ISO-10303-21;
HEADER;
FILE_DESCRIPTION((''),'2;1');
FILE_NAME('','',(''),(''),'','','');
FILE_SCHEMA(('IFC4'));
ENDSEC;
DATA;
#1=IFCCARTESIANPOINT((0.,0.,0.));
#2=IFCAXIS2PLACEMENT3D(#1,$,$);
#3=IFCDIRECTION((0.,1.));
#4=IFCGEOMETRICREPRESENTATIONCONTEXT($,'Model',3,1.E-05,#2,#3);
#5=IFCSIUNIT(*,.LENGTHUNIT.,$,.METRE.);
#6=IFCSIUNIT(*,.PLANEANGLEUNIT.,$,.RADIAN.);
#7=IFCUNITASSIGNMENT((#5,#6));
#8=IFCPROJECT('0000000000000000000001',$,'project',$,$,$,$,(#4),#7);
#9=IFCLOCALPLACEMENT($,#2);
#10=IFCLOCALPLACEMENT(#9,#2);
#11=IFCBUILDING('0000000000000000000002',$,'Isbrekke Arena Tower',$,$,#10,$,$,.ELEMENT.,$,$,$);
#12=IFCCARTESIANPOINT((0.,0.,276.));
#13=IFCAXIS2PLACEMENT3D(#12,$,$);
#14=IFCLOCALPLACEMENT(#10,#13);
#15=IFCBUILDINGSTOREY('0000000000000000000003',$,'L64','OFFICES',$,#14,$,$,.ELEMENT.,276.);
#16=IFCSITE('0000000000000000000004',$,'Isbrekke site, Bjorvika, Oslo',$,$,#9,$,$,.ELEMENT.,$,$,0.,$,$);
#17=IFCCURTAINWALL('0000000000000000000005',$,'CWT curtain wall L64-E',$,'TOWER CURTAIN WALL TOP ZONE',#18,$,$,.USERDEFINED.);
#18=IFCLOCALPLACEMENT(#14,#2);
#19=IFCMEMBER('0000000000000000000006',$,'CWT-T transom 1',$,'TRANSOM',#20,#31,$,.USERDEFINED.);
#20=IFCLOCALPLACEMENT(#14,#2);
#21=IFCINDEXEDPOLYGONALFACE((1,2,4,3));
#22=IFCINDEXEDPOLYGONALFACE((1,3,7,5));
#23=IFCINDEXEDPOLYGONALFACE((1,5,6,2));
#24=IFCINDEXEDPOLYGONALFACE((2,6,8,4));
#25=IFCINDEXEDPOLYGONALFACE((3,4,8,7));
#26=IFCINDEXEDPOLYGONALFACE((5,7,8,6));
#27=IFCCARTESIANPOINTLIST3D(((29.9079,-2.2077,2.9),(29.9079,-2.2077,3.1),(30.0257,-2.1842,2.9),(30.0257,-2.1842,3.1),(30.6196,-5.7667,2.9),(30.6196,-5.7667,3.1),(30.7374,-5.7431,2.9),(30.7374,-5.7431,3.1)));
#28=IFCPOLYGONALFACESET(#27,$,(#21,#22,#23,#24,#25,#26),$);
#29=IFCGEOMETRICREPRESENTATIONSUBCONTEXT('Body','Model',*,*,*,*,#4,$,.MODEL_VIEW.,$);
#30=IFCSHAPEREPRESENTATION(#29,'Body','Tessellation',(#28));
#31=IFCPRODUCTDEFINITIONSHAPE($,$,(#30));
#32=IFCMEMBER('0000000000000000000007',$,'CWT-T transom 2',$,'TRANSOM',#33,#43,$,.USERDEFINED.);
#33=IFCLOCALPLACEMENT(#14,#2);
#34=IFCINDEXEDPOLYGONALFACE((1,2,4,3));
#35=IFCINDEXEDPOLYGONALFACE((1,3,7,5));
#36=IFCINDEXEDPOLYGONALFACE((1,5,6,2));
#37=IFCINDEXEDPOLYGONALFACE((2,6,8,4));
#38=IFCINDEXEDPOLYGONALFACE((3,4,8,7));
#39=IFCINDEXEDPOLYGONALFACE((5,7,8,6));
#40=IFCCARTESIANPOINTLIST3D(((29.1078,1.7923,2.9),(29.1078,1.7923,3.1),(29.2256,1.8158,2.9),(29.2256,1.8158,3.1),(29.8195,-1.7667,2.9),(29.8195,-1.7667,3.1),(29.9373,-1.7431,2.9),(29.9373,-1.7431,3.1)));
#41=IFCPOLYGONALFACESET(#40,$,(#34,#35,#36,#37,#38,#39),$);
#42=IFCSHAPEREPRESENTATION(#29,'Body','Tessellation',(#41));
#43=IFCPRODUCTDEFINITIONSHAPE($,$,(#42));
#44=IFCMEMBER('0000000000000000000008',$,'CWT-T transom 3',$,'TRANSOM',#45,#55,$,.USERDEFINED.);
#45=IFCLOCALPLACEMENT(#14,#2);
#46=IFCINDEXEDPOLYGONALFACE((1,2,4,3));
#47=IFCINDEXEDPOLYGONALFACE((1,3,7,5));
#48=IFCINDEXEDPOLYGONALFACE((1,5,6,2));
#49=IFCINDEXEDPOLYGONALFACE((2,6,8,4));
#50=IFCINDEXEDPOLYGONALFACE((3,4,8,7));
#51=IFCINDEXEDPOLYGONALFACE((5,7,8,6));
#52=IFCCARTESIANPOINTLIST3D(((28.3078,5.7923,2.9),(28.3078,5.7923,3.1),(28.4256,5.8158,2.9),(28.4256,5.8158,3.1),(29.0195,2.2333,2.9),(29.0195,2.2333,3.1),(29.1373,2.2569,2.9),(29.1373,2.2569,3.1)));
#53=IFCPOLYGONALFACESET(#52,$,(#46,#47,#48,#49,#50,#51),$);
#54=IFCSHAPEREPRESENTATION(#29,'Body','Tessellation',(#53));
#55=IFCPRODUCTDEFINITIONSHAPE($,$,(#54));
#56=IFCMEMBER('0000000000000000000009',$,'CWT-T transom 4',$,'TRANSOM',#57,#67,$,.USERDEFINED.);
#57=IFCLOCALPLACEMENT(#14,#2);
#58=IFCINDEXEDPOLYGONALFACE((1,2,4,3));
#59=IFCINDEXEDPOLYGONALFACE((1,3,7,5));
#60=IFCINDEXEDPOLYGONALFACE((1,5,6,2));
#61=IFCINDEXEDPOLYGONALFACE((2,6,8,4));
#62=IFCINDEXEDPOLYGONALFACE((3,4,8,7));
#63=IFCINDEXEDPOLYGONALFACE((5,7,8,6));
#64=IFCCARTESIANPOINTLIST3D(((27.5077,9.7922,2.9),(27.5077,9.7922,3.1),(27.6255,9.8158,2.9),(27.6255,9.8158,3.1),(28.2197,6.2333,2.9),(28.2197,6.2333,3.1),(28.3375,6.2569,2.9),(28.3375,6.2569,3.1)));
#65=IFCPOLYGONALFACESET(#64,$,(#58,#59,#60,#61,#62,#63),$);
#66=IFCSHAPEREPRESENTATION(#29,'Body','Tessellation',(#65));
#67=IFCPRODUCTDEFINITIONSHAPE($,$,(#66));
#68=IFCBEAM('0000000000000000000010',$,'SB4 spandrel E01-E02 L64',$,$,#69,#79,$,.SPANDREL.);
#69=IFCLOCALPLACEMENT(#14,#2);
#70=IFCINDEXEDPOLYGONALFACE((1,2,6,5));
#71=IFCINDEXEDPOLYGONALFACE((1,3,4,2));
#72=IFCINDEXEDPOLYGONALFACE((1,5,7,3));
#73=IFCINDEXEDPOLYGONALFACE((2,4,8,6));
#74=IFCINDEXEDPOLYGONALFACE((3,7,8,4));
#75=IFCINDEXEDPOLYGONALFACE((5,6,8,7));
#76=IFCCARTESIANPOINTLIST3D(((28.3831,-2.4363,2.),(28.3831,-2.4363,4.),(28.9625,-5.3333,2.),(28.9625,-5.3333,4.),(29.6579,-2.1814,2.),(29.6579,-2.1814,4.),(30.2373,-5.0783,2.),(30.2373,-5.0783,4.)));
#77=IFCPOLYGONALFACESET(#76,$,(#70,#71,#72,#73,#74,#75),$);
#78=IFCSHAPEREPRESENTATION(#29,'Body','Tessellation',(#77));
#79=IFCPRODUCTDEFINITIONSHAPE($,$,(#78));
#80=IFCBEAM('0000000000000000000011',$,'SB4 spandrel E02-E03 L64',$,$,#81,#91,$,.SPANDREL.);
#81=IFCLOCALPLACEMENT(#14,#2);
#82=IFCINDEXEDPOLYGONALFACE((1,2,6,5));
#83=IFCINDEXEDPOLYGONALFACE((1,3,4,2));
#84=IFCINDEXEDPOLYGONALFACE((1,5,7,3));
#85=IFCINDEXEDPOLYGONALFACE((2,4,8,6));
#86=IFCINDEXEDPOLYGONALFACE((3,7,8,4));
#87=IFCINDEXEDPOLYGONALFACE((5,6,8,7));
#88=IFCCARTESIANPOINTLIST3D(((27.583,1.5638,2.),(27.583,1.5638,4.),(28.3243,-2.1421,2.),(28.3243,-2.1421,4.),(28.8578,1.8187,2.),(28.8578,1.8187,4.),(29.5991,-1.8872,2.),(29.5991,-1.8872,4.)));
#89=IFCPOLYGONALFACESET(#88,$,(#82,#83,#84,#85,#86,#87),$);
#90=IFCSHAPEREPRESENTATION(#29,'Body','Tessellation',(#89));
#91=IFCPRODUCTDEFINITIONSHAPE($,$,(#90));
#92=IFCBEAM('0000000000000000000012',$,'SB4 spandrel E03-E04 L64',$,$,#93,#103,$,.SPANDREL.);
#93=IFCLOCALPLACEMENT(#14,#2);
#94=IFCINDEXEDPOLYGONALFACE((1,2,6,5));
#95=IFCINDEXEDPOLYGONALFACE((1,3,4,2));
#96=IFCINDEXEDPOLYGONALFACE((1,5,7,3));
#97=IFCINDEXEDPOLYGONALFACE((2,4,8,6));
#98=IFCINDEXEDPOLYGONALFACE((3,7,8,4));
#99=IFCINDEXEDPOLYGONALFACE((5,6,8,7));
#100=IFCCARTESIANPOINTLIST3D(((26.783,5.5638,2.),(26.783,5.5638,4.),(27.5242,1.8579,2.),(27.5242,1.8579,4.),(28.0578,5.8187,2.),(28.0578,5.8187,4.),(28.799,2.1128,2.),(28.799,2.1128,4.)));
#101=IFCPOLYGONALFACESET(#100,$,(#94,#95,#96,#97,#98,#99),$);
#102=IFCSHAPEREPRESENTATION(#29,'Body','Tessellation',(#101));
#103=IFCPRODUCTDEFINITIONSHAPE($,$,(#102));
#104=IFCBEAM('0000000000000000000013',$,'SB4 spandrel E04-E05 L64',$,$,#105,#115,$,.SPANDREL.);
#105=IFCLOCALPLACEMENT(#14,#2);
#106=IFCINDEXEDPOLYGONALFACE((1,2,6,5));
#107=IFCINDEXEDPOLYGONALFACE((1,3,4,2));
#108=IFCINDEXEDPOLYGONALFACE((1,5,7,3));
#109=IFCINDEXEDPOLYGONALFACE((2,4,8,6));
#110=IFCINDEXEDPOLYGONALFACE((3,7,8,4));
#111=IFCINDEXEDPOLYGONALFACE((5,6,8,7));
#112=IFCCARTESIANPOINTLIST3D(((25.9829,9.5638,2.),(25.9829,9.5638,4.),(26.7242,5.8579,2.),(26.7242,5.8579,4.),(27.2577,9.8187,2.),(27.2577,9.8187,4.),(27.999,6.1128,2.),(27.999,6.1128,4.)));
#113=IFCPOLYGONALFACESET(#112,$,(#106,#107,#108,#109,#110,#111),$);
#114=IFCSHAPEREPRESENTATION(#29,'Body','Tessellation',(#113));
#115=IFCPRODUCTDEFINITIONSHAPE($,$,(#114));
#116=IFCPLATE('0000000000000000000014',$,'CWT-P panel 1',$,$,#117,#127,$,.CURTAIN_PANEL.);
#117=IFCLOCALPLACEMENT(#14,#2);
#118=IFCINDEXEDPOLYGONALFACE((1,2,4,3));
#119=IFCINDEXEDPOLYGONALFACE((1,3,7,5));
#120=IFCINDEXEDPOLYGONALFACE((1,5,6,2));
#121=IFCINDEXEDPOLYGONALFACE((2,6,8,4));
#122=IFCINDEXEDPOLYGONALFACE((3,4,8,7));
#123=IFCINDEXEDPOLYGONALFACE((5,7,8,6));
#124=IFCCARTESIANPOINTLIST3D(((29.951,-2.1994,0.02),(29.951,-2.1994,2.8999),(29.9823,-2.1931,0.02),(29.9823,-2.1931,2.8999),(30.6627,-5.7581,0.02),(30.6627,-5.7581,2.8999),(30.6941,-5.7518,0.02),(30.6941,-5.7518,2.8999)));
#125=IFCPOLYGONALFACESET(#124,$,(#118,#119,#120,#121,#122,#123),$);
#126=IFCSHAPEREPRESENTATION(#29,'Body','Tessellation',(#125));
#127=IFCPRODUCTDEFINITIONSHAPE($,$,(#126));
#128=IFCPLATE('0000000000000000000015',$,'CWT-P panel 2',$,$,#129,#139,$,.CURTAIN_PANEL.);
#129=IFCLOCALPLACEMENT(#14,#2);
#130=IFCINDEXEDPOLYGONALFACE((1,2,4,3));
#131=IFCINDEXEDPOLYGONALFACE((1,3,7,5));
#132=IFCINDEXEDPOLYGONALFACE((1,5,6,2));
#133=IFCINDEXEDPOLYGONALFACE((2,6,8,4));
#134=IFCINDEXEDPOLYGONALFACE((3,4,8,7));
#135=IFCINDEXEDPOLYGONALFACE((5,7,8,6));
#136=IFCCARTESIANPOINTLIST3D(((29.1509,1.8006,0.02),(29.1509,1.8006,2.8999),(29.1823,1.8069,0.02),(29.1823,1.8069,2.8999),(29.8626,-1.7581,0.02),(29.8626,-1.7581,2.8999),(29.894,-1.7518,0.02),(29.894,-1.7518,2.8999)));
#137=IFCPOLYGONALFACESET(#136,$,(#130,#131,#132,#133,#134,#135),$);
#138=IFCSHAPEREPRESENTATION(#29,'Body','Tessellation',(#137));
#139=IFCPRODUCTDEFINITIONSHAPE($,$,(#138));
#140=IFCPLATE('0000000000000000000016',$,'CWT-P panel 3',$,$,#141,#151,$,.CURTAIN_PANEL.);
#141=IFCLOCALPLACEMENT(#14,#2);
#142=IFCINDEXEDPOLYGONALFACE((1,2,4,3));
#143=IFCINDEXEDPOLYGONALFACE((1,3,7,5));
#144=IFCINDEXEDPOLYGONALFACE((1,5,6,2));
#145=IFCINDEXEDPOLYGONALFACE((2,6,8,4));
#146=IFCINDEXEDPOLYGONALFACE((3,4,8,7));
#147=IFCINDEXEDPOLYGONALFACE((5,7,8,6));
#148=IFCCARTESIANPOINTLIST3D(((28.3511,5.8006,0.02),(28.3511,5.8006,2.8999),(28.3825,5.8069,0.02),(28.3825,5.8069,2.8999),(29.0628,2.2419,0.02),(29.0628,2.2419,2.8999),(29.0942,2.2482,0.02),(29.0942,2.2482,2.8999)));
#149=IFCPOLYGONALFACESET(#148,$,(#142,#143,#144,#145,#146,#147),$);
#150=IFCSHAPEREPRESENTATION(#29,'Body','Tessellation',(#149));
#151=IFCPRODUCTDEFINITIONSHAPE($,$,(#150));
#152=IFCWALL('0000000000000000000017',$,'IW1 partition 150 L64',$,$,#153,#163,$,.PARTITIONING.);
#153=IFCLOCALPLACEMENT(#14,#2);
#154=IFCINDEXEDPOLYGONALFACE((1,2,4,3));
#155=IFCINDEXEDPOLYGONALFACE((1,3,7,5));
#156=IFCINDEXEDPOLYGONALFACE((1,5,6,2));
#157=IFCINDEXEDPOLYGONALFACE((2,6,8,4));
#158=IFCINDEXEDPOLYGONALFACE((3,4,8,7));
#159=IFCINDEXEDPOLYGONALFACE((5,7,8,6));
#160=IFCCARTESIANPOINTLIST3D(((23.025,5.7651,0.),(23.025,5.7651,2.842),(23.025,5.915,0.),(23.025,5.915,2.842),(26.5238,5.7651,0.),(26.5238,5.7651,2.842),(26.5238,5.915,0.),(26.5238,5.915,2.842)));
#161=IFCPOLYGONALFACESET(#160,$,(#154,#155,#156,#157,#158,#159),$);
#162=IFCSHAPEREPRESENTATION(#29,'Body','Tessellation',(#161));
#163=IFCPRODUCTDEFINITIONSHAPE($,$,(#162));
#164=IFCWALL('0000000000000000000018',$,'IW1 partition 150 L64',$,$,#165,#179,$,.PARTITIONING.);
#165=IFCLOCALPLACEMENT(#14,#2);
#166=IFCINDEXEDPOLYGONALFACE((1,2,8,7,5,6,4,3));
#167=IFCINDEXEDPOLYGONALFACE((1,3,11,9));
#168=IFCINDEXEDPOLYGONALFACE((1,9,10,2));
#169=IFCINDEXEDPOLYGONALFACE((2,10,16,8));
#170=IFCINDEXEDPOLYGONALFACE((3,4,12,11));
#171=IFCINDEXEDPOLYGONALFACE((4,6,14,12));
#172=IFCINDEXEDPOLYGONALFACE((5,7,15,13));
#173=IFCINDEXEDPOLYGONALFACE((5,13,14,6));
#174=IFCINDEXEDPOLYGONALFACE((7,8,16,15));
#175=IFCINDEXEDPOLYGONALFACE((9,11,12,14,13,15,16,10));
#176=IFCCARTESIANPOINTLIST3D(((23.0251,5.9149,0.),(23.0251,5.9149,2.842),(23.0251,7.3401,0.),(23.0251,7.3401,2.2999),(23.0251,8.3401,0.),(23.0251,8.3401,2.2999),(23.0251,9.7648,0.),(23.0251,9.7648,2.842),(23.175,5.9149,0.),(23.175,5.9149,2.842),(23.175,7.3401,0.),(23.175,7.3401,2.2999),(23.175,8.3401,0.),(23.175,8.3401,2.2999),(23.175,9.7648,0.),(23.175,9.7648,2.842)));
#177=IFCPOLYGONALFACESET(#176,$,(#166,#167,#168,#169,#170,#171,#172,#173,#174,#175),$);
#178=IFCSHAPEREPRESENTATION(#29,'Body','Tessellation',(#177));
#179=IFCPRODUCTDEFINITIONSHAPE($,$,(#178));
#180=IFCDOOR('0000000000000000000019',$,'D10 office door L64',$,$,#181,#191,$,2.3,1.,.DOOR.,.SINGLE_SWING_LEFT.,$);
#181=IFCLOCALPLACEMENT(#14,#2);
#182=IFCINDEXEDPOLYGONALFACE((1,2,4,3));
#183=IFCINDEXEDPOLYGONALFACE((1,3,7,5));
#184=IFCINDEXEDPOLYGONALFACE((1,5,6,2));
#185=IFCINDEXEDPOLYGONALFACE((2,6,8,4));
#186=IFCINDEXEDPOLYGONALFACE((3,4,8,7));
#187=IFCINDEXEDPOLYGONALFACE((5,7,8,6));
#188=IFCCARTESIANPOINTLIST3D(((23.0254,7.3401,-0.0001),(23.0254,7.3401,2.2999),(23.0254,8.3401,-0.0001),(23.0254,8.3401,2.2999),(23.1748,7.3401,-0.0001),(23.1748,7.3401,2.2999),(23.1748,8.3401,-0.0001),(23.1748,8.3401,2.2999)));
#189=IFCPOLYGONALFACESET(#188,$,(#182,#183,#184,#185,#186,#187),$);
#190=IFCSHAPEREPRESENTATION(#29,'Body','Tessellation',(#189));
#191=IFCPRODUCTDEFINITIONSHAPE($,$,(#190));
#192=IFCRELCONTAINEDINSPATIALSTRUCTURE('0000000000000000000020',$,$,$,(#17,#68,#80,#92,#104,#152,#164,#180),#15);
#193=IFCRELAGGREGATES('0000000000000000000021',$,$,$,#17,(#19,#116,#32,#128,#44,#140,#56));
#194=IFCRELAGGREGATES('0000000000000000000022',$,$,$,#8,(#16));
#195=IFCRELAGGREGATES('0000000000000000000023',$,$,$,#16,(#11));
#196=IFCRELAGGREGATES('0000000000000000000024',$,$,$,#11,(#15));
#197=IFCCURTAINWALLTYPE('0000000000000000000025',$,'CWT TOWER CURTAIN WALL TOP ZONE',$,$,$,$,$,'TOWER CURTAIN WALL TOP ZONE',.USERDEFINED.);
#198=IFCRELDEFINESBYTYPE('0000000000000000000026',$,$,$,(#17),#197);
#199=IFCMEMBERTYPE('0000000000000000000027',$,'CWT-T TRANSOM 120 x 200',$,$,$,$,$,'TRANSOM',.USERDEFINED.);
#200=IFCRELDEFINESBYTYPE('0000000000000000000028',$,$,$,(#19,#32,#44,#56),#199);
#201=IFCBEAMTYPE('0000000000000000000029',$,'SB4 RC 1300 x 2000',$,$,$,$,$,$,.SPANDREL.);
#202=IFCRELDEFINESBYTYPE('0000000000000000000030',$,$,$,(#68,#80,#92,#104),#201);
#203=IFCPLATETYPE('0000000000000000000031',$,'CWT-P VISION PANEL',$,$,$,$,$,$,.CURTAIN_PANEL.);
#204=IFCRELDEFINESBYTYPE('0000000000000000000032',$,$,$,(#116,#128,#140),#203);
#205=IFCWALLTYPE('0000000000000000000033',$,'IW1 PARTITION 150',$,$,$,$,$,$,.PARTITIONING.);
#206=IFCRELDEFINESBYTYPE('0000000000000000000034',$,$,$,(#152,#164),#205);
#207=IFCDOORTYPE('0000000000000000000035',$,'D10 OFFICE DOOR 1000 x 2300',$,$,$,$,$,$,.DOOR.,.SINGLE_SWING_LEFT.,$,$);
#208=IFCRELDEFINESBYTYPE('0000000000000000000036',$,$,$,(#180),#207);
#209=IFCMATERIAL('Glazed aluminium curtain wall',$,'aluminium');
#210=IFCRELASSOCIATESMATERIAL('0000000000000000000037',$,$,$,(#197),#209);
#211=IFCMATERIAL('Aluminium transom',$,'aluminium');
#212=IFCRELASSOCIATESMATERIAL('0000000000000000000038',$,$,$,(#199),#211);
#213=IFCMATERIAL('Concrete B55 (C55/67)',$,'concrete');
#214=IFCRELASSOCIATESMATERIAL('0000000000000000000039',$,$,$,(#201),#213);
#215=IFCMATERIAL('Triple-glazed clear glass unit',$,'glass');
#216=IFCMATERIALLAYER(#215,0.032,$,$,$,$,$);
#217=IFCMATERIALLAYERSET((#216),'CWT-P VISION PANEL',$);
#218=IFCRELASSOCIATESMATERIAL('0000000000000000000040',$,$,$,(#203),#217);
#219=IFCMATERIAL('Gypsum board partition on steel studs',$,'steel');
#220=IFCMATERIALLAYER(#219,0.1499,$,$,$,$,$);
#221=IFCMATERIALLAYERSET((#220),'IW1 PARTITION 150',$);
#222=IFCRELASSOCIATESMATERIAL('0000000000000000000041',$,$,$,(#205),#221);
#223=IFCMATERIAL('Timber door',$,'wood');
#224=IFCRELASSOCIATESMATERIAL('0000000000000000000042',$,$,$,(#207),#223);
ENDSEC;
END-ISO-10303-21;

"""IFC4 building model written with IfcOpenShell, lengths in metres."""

from ifc_helpers import new_model, si_unit, direction, frame, frame_2d, origin, origin_2d, place, context, subcontext, project, spatial, rectangle, extrude, material, layer, layer_set, material_profile, profile_set, type_object, element, fill, aggregate, save


model = new_model("IFC4")

# Units and contexts
model_context = context("Model", 3, precision=1e-05, world=origin(), true_north=direction((0.0, 1.0)))
body_context = subcontext(model_context, "Body", "Model", "MODEL_VIEW")
ifc_project = project(units=[si_unit("LENGTHUNIT", "METRE"), si_unit("PLANEANGLEUNIT", "RADIAN")], contexts=[model_context])

# Site, building, storey
site_placement = place(None, origin())
site = spatial("IfcSite", under=ifc_project, at=site_placement, Name="Isbrekke site, Bjorvika, Oslo", CompositionType="ELEMENT", RefElevation=0.0)
building_placement = place(site_placement, origin())
building = spatial("IfcBuilding", under=site, at=building_placement, Name="Isbrekke Arena Tower", CompositionType="ELEMENT")
storey_placement = place(building_placement, frame((0.0, 0.0, 276.0)))
storey = spatial("IfcBuildingStorey", under=building, at=storey_placement, Name="L64", Description="OFFICES", CompositionType="ELEMENT", Elevation=276.0)

# Curtain wall, members
ifc_material_1 = material(Name="Glazed aluminium curtain wall", Category="aluminium")
curtain_wall_type = type_object("IfcCurtainWallType", Name="CWT TOWER CURTAIN WALL TOP ZONE", ElementType="TOWER CURTAIN WALL TOP ZONE", PredefinedType="USERDEFINED", material=ifc_material_1)
curtain_wall_placement = place(storey_placement, origin())
curtain_wall = element("IfcCurtainWall", 1, at=curtain_wall_placement, inside=storey, type_object=curtain_wall_type, Name="CWT curtain wall L64-E", ObjectType="TOWER CURTAIN WALL TOP ZONE", PredefinedType="USERDEFINED")
ifc_material_2 = material(Name="Aluminium transom", Category="aluminium")
ifc_material_profile_1 = material_profile(ifc_material_2, rectangle(XDim=0.1201, YDim=0.2, at=origin_2d()), Name="TRANSOM 120X200")
ifc_profile_set_1 = profile_set([ifc_material_profile_1], Name="Aluminium transom")
member_type_1 = type_object("IfcMemberType", Name="CWT-T TRANSOM 120 x 200", ElementType="TRANSOM", PredefinedType="USERDEFINED", material=ifc_profile_set_1)
member_1_placement = place(storey_placement, frame((30.6785, -5.7549, 3.0), z_axis=(-0.19609, 0.980586, 0.0), x_axis=(-0.980586, -0.19609, 0.0)))
member_1 = element("IfcMember", 2, at=member_1_placement, type_object=member_type_1, Name="CWT-T transom 1", ObjectType="TRANSOM", PredefinedType="USERDEFINED", context=body_context, shape_type="SweptSolid", body=[
    extrude(rectangle(XDim=0.1201, YDim=0.2, at=origin_2d()), origin(), (0.0, 0.0, 1.0), 3.6294),
])
member_2_placement = place(storey_placement, frame((29.8784, -1.7549, 3.0), z_axis=(-0.19609, 0.980586, 0.0), x_axis=(-0.980586, -0.19609, 0.0)))
member_2 = element("IfcMember", 3, at=member_2_placement, type_object=member_type_1, Name="CWT-T transom 2", ObjectType="TRANSOM", PredefinedType="USERDEFINED", context=body_context, shape_type="SweptSolid", body=[
    extrude(rectangle(XDim=0.1201, YDim=0.2, at=origin_2d()), origin(), (0.0, 0.0, 1.0), 3.6294),
])
member_3_placement = place(storey_placement, frame((29.0784, 2.2451, 3.0), z_axis=(-0.19609, 0.980586, 0.0), x_axis=(-0.980586, -0.19609, 0.0)))
member_3 = element("IfcMember", 4, at=member_3_placement, type_object=member_type_1, Name="CWT-T transom 3", ObjectType="TRANSOM", PredefinedType="USERDEFINED", context=body_context, shape_type="SweptSolid", body=[
    extrude(rectangle(XDim=0.1201, YDim=0.2, at=origin_2d()), origin(), (0.0, 0.0, 1.0), 3.6294),
])
member_4_placement = place(storey_placement, frame((28.2786, 6.2451, 3.0), z_axis=(-0.196155, 0.980573, 0.0), x_axis=(-0.980573, -0.196155, 0.0)))
member_4 = element("IfcMember", 5, at=member_4_placement, type_object=member_type_1, Name="CWT-T transom 4", ObjectType="TRANSOM", PredefinedType="USERDEFINED", context=body_context, shape_type="SweptSolid", body=[
    extrude(rectangle(XDim=0.1201, YDim=0.2, at=origin_2d()), origin(), (0.0, 0.0, 1.0), 3.6294),
])

# Beams
ifc_material_3 = material(Name="Concrete B55 (C55/67)", Category="concrete")
ifc_material_profile_2 = material_profile(ifc_material_3, rectangle(XDim=1.3, YDim=2.0, at=origin_2d()), Name="RC 1300x2000")
ifc_profile_set_2 = profile_set([ifc_material_profile_2], Name="Concrete B55 (C55/67)")
beam_type_1 = type_object("IfcBeamType", Name="SB4 RC 1300 x 2000", PredefinedType="SPANDREL", material=ifc_profile_set_2)
beam_1_placement = place(storey_placement, frame((29.5999, -5.2058, 3.0), z_axis=(-0.1961, 0.980584, 0.0), x_axis=(-0.980584, -0.1961, 0.0)))
element("IfcBeam", 6, at=beam_1_placement, inside=storey, type_object=beam_type_1, Name="SB4 spandrel E01-E02 L64", PredefinedType="SPANDREL", context=body_context, shape_type="SweptSolid", body=[
    extrude(rectangle(XDim=1.3, YDim=2.0, at=origin_2d()), origin(), (0.0, 0.0, 1.0), 2.9543),
])
for number, where, z_axis, x_axis, name in (
    (7, (28.9617, -2.0146, 3.0), (-0.196129, 0.980578, 0.0), (-0.980578, -0.196129, 0.0), "SB4 spandrel E02-E03 L64"),
    (8, (28.1616, 1.9854, 3.0), (-0.196129, 0.980578, 0.0), (-0.980578, -0.196129, 0.0), "SB4 spandrel E03-E04 L64"),
    (9, (27.3616, 5.9854, 3.0), (-0.196129, 0.980578, 0.0), (-0.980578, -0.196129, 0.0), "SB4 spandrel E04-E05 L64"),
):
    element("IfcBeam", number, at=place(storey_placement, frame(where, z_axis=z_axis, x_axis=x_axis)), inside=storey, type_object=beam_type_1, Name=name, PredefinedType="SPANDREL", context=body_context, shape_type="SweptSolid", body=[
        extrude(rectangle(XDim=1.3, YDim=2.0, at=origin_2d()), origin(), (0.0, 0.0, 1.0), 3.7793),
    ])

# Plates
ifc_material_4 = material(Name="Triple-glazed clear glass unit", Category="glass")
ifc_layer_1 = layer(ifc_material_4, 0.032)
ifc_layer_set_1 = layer_set([ifc_layer_1], Name="CWT-P VISION PANEL")
plate_type = type_object("IfcPlateType", Name="CWT-P VISION PANEL", PredefinedType="CURTAIN_PANEL", material=ifc_layer_set_1)
plate_1_placement = place(storey_placement, frame((30.3225, -3.9756, 0.02), z_axis=(0.0, 0.0, 1.0), x_axis=(-0.196116, 0.980581, 0.0)))
plate_1 = element("IfcPlate", 10, at=plate_1_placement, type_object=plate_type, Name="CWT-P panel 1", PredefinedType="CURTAIN_PANEL", context=body_context, shape_type="SweptSolid", body=[
    extrude(rectangle(XDim=3.6292, YDim=0.032, at=origin_2d()), origin(), (0.0, 0.0, 1.0), 2.8799),
])
plate_2_placement = place(storey_placement, frame((29.5225, 0.0244, 0.02), z_axis=(0.0, 0.0, 1.0), x_axis=(-0.196116, 0.980581, 0.0)))
plate_2 = element("IfcPlate", 11, at=plate_2_placement, type_object=plate_type, Name="CWT-P panel 2", PredefinedType="CURTAIN_PANEL", context=body_context, shape_type="SweptSolid", body=[
    extrude(rectangle(XDim=3.6292, YDim=0.032, at=origin_2d()), origin(), (0.0, 0.0, 1.0), 2.8799),
])
plate_3_placement = place(storey_placement, frame((28.7227, 4.0244, 0.02), z_axis=(0.0, 0.0, 1.0), x_axis=(-0.196116, 0.980581, 0.0)))
plate_3 = element("IfcPlate", 12, at=plate_3_placement, type_object=plate_type, Name="CWT-P panel 3", PredefinedType="CURTAIN_PANEL", context=body_context, shape_type="SweptSolid", body=[
    extrude(rectangle(XDim=3.6292, YDim=0.032, at=origin_2d()), origin(), (0.0, 0.0, 1.0), 2.8799),
])
aggregate(curtain_wall, [member_1, plate_1, member_2, plate_2, member_3, plate_3, member_4])

# Wall
ifc_material_5 = material(Name="Gypsum board partition on steel studs", Category="steel")
ifc_layer_2 = layer(ifc_material_5, 0.1499)
ifc_layer_set_2 = layer_set([ifc_layer_2], Name="IW1 PARTITION 150")
wall_type_1 = type_object("IfcWallType", Name="IW1 PARTITION 150", PredefinedType="PARTITIONING", material=ifc_layer_set_2)
wall_1_placement = place(storey_placement, frame((23.0249, 5.8401, 0.0), z_axis=(0.0, 0.0, 1.0), x_axis=(1.0, 0.0, 0.0)))
element("IfcWall", 13, at=wall_1_placement, inside=storey, type_object=wall_type_1, Name="IW1 partition 150 L64", PredefinedType="PARTITIONING", context=body_context, shape_type="SweptSolid", body=[
    extrude(rectangle(XDim=3.4988, YDim=0.1499, at=frame_2d((1.7495, 0.0))), origin(), (0.0, 0.0, 1.0), 2.842),
])

# Wall, opening, door
wall_2_placement = place(storey_placement, frame((23.1001, 5.915, 0.0), z_axis=(0.0, 0.0, 1.0), x_axis=(0.0, 1.0, 0.0)))
wall_2 = element("IfcWall", 14, at=wall_2_placement, inside=storey, type_object=wall_type_1, Name="IW1 partition 150 L64", PredefinedType="PARTITIONING", context=body_context, shape_type="SweptSolid", body=[
    extrude(rectangle(XDim=3.8499, YDim=0.1499, at=frame_2d((1.9248, 0.0))), origin(), (0.0, 0.0, 1.0), 2.842),
])
opening_1_placement = place(wall_2_placement, frame((1.425, 0.0, 0.0)))
opening_1 = element("IfcOpeningElement", 15, at=opening_1_placement, cuts=wall_2, PredefinedType="OPENING", context=body_context, shape_type="SweptSolid", body=[
    extrude(rectangle(XDim=1.0, YDim=2.3, at=frame_2d((0.5, 1.1499))), frame((0.0, 0.0898, 0.0), z_axis=(0.0, -1.0, 0.0), x_axis=(1.0, 0.0, 0.0)), (0.0, 0.0, 1.0), 0.1797),
])
ifc_material_6 = material(Name="Timber door", Category="wood")
door_type_1 = type_object("IfcDoorType", Name="D10 OFFICE DOOR 1000 x 2300", OperationType="SINGLE_SWING_LEFT", PredefinedType="DOOR", material=ifc_material_6)
door_1_placement = place(opening_1_placement, origin())
door_1 = element("IfcDoor", 16, at=door_1_placement, inside=storey, type_object=door_type_1, Name="D10 office door L64", OperationType="SINGLE_SWING_LEFT", OverallHeight=2.3, OverallWidth=1.0, PredefinedType="DOOR", context=body_context, shape_type="SweptSolid", body=[
    extrude(rectangle(XDim=1.0, YDim=2.3, at=frame_2d((0.5, 1.1499))), frame((0.0, 0.0747, 0.0), z_axis=(0.0, -1.0, 0.0), x_axis=(1.0, 0.0, 0.0)), (0.0, 0.0, 1.0), 0.1494),
])
fill(opening_1, door_1)

save(model, "model.ifc")
